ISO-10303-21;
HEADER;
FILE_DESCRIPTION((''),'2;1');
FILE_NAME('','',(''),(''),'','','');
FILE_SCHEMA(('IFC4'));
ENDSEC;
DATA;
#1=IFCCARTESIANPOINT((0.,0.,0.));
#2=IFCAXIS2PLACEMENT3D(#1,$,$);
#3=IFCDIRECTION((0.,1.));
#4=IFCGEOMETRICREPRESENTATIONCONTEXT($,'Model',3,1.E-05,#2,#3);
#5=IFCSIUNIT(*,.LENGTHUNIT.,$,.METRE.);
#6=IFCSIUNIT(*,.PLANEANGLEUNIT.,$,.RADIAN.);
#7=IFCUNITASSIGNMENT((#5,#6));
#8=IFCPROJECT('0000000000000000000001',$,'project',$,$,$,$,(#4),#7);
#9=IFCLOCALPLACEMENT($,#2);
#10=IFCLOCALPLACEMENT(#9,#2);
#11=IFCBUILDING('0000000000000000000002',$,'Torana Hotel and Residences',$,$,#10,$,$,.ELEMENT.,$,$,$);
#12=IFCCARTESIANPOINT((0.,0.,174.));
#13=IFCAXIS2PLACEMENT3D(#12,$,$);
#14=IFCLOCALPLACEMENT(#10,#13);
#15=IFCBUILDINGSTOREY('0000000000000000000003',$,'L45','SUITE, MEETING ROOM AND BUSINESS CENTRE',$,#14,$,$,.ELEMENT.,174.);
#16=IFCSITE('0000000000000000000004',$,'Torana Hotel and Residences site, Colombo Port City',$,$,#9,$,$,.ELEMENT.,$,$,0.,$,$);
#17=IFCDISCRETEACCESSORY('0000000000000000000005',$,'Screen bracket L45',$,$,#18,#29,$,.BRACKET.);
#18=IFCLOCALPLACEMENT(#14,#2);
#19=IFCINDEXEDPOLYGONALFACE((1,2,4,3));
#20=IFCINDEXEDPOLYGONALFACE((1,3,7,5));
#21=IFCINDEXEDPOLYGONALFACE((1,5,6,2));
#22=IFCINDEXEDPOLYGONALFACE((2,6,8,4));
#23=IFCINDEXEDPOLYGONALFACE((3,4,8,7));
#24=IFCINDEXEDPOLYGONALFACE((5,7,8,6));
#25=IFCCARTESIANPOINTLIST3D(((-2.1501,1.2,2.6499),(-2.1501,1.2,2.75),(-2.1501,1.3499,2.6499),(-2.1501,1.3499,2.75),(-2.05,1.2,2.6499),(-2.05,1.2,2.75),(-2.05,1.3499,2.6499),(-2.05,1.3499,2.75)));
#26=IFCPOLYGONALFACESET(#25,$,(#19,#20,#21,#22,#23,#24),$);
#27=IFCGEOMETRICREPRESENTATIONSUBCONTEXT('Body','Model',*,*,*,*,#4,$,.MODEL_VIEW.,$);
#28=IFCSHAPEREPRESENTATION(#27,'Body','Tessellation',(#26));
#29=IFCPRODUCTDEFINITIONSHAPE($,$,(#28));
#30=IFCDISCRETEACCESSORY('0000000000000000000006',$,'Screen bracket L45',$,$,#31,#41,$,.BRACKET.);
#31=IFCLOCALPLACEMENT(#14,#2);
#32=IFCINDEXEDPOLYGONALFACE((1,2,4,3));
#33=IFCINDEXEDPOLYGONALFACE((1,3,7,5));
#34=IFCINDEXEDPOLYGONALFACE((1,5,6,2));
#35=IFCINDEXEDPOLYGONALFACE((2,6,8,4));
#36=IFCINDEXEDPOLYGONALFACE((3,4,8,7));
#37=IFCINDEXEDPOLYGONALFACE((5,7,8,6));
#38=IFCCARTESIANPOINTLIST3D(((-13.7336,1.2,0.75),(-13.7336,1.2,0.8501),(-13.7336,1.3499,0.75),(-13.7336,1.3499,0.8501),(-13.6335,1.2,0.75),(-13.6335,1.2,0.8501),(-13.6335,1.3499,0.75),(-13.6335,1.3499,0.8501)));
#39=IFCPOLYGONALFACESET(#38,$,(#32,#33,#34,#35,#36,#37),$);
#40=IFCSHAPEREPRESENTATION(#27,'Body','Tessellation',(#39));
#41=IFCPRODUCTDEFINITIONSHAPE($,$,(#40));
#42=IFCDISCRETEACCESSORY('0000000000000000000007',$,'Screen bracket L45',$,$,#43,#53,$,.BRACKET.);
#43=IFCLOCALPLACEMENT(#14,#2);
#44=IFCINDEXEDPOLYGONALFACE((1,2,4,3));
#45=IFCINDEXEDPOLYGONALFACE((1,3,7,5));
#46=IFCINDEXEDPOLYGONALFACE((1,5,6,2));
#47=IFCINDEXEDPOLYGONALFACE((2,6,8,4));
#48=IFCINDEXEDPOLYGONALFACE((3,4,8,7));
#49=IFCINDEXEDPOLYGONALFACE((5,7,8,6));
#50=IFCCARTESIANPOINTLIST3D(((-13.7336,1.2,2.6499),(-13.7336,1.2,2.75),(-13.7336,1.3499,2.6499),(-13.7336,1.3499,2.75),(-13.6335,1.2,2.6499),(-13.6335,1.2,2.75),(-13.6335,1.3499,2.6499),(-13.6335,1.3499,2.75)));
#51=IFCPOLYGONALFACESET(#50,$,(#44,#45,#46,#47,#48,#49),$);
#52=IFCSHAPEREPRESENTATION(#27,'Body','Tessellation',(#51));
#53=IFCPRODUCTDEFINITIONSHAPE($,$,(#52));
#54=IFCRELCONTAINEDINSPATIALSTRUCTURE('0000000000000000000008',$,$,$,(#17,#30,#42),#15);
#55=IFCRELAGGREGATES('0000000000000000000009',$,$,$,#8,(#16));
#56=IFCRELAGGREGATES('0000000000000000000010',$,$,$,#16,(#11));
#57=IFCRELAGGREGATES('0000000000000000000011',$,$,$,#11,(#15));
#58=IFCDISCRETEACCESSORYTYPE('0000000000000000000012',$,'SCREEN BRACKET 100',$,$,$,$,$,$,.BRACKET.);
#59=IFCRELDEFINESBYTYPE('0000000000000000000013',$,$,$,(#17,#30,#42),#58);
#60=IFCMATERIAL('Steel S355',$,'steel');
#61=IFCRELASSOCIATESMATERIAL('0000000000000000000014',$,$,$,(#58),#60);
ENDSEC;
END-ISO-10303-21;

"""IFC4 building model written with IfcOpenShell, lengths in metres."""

from ifc_helpers import new_model, si_unit, direction, frame, origin, origin_2d, place, context, subcontext, project, spatial, rectangle, extrude, material, type_object, element, save


model = new_model("IFC4")

# Units and contexts
model_context = context("Model", 3, precision=1e-05, world=origin(), true_north=direction((0.0, 1.0)))
body_context = subcontext(model_context, "Body", "Model", "MODEL_VIEW")
ifc_project = project(units=[si_unit("LENGTHUNIT", "METRE"), si_unit("PLANEANGLEUNIT", "RADIAN")], contexts=[model_context])

# Site, building, storey
site_placement = place(None, origin())
site = spatial("IfcSite", under=ifc_project, at=site_placement, Name="Torana Hotel and Residences site, Colombo Port City", CompositionType="ELEMENT", RefElevation=0.0)
building_placement = place(site_placement, origin())
building = spatial("IfcBuilding", under=site, at=building_placement, Name="Torana Hotel and Residences", CompositionType="ELEMENT")
storey_placement = place(building_placement, frame((0.0, 0.0, 174.0)))
storey = spatial("IfcBuildingStorey", under=building, at=storey_placement, Name="L45", Description="SUITE, MEETING ROOM AND BUSINESS CENTRE", CompositionType="ELEMENT", Elevation=174.0)

# Discrete accessories
ifc_material_1 = material(Name="Steel S355", Category="steel")
discrete_accessory_type = type_object("IfcDiscreteAccessoryType", Name="SCREEN BRACKET 100", PredefinedType="BRACKET", material=ifc_material_1)
for number, where, z_axis, x_axis, name in (
    (1, (-2.1001, 1.2749, 2.6499), (0.0, 0.0, 1.0), (-1.0, 0.0, 0.0), "Screen bracket L45"),
    (2, (-13.6836, 1.2749, 0.75), (0.0, 0.0, 1.0), (-1.0, 0.0, 0.0), "Screen bracket L45"),
    (3, (-13.6836, 1.2749, 2.6499), (0.0, 0.0, 1.0), (-1.0, 0.0, 0.0), "Screen bracket L45"),
):
    element("IfcDiscreteAccessory", number, at=place(storey_placement, frame(where, z_axis=z_axis, x_axis=x_axis)), inside=storey, type_object=discrete_accessory_type, Name=name, PredefinedType="BRACKET", context=body_context, shape_type="SweptSolid", body=[
        extrude(rectangle(XDim=0.1001, YDim=0.1499, at=origin_2d()), origin(), (0.0, 0.0, 1.0), 0.1001),
    ])

save(model, "model.ifc")
